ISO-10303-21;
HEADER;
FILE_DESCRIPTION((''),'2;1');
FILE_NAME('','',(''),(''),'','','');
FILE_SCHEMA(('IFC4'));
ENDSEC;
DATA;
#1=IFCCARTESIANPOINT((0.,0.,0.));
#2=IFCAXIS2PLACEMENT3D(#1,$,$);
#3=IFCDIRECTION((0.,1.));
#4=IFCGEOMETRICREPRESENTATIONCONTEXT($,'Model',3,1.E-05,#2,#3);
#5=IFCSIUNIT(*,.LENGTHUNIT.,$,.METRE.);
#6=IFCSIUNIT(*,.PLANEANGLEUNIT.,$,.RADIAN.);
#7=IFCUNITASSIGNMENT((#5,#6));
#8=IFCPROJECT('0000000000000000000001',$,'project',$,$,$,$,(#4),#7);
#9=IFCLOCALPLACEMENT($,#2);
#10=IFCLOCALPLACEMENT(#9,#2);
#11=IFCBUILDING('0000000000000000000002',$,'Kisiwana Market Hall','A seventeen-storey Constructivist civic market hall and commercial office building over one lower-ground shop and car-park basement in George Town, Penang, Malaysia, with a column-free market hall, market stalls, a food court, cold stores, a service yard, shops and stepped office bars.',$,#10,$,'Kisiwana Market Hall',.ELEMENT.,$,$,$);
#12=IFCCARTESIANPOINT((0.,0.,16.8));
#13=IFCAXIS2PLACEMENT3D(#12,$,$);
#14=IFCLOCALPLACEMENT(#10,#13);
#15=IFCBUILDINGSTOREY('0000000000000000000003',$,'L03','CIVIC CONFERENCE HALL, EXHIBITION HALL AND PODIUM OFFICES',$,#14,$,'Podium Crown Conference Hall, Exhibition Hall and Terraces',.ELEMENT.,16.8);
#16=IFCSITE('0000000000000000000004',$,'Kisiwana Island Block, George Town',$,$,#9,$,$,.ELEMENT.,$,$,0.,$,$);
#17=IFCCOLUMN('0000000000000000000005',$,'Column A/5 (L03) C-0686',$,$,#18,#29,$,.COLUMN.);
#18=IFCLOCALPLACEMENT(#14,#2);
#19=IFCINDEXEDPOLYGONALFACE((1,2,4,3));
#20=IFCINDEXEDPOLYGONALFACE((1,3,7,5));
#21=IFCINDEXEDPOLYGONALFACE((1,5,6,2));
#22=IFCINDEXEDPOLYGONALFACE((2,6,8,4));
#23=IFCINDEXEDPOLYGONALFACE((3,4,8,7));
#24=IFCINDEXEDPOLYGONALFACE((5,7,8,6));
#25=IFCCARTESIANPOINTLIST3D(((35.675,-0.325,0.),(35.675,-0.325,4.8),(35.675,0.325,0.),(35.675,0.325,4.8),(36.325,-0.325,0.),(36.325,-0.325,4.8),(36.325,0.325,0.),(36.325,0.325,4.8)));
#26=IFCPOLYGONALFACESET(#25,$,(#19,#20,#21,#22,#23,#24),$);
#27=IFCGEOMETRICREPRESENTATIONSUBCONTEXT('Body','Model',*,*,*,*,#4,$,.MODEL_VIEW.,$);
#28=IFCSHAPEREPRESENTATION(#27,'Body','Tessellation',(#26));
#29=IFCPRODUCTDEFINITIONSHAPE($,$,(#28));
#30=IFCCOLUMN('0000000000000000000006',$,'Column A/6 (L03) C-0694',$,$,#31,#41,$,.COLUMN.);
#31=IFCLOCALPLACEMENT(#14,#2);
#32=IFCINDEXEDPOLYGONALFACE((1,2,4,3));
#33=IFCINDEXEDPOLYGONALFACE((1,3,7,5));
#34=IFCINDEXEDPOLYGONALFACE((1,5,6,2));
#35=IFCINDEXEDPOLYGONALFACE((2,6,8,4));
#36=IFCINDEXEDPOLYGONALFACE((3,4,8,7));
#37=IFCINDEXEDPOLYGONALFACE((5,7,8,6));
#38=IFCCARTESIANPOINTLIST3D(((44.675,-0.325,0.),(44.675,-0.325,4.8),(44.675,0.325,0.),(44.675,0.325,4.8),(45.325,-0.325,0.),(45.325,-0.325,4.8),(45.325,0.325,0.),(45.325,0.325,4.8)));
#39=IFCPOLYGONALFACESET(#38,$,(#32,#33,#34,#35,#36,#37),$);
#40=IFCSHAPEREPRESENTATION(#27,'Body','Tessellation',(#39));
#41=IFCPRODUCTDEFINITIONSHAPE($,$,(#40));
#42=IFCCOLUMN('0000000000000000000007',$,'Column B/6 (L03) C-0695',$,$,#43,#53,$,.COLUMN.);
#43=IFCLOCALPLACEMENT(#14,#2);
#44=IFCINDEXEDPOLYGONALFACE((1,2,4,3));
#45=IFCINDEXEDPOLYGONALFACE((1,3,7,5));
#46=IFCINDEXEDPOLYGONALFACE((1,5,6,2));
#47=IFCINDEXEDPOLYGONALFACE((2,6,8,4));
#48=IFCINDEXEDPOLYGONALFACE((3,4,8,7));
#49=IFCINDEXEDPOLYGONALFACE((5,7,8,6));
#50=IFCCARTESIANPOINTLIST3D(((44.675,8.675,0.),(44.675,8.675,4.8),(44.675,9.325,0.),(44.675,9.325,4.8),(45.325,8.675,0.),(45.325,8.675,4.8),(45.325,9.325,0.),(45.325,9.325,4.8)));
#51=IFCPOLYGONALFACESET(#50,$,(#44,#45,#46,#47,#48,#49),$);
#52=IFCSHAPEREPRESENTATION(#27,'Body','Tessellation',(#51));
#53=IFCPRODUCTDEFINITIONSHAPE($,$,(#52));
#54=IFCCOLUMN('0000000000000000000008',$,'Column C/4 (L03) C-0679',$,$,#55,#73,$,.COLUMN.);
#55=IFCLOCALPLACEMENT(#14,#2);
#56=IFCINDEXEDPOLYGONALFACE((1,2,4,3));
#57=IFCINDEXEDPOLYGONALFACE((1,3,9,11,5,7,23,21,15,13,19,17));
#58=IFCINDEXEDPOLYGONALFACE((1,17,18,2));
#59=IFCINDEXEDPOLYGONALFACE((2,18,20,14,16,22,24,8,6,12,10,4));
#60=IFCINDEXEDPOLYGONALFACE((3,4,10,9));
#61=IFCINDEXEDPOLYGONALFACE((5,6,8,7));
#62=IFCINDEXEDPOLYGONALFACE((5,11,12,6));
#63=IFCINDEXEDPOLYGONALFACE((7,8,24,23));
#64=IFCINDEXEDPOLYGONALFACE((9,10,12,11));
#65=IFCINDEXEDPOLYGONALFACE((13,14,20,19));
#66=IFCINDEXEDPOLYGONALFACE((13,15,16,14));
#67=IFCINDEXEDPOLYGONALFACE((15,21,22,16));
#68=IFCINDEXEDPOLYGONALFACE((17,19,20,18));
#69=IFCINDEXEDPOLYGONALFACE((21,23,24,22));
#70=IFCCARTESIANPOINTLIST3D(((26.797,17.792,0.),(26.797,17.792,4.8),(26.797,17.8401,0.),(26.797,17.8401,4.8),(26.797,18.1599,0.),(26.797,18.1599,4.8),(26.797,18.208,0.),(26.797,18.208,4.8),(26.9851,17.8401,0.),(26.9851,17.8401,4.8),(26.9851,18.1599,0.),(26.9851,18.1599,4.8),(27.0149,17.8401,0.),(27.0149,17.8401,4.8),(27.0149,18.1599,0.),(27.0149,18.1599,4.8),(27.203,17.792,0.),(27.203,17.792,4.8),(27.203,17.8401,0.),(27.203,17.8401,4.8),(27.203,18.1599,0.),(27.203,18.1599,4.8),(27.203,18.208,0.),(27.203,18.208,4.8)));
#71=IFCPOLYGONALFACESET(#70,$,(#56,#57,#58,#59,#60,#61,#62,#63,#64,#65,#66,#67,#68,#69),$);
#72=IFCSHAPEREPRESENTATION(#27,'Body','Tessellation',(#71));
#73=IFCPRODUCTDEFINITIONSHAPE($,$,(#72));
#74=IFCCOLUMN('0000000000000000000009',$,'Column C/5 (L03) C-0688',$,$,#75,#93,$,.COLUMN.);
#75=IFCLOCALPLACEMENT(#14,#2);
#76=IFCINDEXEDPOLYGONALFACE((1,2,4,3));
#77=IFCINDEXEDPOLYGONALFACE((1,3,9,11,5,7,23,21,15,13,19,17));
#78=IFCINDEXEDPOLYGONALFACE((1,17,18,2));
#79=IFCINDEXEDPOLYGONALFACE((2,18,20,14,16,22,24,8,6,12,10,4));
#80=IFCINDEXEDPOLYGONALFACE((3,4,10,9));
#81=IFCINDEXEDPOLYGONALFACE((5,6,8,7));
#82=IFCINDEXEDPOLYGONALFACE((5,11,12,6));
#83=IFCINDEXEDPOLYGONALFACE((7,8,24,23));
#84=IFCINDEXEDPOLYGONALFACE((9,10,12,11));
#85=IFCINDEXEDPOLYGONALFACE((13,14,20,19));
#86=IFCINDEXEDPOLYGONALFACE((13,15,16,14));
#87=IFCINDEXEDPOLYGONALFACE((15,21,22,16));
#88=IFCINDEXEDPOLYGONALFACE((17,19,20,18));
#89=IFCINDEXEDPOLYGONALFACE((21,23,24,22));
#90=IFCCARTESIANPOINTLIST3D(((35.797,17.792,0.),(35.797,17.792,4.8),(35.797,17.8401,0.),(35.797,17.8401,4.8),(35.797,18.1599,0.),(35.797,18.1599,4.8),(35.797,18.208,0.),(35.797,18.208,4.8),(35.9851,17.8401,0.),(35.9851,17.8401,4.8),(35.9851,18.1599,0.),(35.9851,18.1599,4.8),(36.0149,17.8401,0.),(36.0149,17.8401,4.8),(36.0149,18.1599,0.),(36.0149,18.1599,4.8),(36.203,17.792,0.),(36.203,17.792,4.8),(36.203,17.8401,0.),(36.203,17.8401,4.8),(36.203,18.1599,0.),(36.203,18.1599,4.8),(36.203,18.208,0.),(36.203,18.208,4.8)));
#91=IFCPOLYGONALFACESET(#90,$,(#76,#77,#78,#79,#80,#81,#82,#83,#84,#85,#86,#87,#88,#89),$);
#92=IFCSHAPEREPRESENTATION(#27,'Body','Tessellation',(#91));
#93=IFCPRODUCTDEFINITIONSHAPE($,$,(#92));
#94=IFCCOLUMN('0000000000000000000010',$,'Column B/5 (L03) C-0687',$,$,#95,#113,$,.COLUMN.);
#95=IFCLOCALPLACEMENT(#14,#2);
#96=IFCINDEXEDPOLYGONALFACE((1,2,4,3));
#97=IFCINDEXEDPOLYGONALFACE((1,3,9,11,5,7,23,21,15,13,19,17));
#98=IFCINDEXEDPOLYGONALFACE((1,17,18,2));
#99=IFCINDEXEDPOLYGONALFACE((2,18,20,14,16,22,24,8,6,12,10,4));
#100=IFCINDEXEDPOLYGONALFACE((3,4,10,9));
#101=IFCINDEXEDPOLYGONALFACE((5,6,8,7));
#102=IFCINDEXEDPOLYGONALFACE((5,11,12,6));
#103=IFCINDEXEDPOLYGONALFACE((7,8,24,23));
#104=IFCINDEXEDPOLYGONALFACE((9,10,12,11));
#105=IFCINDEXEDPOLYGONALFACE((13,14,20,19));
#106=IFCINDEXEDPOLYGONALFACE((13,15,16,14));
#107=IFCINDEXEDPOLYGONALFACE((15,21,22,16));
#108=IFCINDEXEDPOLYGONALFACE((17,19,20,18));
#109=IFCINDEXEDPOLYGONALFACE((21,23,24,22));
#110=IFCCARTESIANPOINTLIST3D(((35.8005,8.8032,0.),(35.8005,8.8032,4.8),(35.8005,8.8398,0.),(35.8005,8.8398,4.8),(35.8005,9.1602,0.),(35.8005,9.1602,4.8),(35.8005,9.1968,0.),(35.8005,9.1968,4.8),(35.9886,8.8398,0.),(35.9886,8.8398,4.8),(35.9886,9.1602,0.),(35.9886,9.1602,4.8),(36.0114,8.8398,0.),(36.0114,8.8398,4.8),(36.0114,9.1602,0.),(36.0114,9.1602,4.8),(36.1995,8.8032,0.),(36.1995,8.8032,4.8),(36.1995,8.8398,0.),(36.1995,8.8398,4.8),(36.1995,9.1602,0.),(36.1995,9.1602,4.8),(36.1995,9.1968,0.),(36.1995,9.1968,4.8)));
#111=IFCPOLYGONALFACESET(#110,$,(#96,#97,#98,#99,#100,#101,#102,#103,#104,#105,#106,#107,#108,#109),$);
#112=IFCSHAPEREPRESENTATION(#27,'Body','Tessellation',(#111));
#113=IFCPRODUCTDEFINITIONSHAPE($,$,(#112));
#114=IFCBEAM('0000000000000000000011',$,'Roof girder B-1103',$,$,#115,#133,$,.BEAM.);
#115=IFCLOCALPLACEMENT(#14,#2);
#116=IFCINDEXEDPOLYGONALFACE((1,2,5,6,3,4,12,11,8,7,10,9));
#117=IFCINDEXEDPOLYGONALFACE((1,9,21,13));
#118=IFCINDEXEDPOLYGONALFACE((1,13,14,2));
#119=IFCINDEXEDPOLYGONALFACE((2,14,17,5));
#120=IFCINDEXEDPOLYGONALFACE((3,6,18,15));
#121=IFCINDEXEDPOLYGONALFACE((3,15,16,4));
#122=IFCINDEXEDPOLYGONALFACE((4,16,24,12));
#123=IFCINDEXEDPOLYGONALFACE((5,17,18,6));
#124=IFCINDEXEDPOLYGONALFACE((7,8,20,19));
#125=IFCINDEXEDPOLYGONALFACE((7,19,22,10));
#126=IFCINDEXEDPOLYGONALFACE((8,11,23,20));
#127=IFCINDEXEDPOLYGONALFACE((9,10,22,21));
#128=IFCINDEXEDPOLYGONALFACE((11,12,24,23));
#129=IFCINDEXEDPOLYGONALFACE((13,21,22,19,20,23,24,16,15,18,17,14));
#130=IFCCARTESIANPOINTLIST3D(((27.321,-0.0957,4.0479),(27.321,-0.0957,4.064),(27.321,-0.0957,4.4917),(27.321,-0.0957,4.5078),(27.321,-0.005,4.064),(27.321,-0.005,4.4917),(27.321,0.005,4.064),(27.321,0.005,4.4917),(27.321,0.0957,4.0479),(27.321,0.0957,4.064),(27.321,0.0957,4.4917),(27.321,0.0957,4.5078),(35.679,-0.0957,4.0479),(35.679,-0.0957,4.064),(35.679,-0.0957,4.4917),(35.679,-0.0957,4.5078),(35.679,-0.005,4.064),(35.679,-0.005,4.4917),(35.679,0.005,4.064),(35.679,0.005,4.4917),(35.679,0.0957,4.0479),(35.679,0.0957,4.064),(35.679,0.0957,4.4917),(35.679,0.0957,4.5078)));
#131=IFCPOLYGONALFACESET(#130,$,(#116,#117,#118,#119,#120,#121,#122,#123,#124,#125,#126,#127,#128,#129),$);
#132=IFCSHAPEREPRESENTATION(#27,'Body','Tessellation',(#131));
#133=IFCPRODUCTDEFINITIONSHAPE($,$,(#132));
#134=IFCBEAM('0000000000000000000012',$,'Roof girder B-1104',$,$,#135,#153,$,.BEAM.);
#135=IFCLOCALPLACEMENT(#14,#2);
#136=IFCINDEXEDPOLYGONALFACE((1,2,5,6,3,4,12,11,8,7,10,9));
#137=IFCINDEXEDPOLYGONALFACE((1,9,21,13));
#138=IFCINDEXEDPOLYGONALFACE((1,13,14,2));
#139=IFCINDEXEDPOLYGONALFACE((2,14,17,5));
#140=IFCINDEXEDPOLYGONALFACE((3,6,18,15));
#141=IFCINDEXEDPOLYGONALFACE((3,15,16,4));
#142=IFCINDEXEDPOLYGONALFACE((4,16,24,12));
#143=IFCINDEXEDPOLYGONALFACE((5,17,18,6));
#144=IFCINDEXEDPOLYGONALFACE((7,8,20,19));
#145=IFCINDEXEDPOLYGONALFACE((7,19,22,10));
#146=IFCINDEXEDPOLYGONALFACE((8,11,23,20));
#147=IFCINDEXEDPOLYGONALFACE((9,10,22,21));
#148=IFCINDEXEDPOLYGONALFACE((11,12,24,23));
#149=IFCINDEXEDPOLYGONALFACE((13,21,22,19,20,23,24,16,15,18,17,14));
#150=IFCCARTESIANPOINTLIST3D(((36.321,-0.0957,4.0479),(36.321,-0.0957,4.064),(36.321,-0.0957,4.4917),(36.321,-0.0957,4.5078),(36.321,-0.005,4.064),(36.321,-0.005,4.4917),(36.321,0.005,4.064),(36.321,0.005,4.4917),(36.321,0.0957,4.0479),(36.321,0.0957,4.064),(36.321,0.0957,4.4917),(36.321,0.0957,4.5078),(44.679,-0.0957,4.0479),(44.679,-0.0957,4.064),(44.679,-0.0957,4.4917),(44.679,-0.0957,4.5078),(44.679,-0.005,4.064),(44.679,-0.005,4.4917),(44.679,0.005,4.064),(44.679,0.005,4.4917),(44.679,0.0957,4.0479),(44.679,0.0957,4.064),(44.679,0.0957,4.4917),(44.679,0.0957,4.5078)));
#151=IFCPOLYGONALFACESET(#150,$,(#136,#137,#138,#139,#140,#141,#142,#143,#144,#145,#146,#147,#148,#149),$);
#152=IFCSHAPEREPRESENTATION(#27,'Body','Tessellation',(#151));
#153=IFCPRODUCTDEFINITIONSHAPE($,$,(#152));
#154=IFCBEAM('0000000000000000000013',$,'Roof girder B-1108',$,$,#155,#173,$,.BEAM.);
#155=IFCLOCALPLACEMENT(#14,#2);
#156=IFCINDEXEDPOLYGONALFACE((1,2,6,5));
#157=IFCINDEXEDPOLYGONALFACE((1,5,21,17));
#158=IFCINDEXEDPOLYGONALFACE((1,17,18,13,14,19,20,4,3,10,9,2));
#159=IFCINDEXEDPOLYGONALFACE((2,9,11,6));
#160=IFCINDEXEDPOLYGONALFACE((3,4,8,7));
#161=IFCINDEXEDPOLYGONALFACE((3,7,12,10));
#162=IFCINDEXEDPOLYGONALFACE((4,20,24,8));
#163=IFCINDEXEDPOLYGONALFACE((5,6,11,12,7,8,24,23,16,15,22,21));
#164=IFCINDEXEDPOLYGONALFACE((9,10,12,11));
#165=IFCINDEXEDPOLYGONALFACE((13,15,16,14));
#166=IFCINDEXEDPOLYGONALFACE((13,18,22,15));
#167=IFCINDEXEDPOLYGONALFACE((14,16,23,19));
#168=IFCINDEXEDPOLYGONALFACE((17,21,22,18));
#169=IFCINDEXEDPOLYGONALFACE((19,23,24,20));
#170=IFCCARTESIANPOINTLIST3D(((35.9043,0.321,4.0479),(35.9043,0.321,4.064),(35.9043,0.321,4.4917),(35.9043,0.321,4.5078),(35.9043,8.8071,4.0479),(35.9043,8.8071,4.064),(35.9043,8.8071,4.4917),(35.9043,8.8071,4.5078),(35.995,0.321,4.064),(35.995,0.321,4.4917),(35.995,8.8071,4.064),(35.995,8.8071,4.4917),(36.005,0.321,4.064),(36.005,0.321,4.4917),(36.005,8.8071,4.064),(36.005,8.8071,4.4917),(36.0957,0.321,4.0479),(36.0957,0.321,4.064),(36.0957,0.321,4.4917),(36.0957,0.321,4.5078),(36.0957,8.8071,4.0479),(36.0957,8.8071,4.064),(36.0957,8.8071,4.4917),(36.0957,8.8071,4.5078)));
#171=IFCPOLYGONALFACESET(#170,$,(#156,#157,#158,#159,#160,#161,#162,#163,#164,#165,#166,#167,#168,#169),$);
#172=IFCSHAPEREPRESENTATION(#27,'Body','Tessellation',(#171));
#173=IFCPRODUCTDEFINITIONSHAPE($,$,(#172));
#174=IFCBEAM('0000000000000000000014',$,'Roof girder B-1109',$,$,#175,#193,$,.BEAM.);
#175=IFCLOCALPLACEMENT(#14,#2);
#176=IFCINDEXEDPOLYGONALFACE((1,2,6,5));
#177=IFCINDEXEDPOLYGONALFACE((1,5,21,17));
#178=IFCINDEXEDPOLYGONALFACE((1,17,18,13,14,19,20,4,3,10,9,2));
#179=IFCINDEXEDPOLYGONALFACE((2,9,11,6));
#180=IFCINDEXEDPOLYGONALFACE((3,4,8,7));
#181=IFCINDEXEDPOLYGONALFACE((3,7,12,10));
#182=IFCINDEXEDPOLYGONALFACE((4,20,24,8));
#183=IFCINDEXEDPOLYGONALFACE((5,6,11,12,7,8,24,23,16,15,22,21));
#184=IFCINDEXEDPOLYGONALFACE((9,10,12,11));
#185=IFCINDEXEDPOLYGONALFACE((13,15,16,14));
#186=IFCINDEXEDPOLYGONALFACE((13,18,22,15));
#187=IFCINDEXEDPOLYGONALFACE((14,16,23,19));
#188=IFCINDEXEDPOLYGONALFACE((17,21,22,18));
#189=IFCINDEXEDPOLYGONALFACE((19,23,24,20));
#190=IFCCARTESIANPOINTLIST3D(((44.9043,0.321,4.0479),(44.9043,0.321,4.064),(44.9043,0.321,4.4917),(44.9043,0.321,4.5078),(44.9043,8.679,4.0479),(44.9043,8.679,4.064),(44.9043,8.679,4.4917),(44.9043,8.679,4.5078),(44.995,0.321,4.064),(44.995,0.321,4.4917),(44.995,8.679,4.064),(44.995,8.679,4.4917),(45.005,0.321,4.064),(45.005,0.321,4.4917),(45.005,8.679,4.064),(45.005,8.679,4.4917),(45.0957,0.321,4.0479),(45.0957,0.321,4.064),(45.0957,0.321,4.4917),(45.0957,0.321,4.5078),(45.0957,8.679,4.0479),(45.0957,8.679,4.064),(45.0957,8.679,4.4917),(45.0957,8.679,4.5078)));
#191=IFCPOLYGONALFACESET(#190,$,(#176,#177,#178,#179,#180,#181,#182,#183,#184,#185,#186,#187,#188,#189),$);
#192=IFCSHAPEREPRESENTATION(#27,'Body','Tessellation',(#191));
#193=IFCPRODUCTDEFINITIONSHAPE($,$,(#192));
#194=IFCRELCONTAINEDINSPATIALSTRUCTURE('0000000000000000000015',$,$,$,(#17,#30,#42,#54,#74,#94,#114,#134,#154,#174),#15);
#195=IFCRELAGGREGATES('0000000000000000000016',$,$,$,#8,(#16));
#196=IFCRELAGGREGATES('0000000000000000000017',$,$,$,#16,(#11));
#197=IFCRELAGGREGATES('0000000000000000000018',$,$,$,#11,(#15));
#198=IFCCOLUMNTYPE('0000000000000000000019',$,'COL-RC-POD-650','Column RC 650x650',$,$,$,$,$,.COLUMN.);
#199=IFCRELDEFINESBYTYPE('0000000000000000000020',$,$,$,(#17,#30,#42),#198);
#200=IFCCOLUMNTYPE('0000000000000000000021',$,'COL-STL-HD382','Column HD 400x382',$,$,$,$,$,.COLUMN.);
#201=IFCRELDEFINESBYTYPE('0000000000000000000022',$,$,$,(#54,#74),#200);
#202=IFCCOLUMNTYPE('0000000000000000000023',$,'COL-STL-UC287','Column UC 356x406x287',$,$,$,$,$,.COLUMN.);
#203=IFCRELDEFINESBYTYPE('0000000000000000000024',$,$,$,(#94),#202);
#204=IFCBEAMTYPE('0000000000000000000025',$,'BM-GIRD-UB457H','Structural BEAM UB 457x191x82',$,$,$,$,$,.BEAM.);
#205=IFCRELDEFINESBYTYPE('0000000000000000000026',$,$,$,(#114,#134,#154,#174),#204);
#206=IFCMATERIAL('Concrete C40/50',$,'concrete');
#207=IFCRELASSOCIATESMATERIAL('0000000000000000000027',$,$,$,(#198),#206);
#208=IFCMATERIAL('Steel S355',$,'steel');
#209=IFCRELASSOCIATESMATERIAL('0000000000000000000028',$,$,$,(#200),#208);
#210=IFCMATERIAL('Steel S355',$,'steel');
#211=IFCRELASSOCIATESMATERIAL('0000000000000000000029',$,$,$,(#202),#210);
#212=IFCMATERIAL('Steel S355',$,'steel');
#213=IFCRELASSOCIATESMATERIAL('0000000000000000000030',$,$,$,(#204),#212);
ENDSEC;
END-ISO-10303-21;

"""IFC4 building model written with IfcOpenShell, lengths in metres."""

from ifc_helpers import new_model, si_unit, direction, frame, origin, origin_2d, place, context, subcontext, project, spatial, rectangle, i_section, extrude, material, material_profile, profile_set, type_object, element, save


model = new_model("IFC4")

# Units and contexts
model_context = context("Model", 3, precision=1e-05, world=origin(), true_north=direction((0.0, 1.0)))
body_context = subcontext(model_context, "Body", "Model", "MODEL_VIEW")
ifc_project = project(units=[si_unit("LENGTHUNIT", "METRE"), si_unit("PLANEANGLEUNIT", "RADIAN")], contexts=[model_context])

# Site, building, storey
site_placement = place(None, origin())
site = spatial("IfcSite", under=ifc_project, at=site_placement, Name="Kisiwana Island Block, George Town", CompositionType="ELEMENT", RefElevation=0.0)
building_placement = place(site_placement, origin())
building = spatial("IfcBuilding", under=site, at=building_placement, Name="Kisiwana Market Hall", Description="A seventeen-storey Constructivist civic market hall and commercial office building over one lower-ground shop and car-park basement in George Town, Penang, Malaysia, with a column-free market hall, market stalls, a food court, cold stores, a service yard, shops and stepped office bars.", LongName="Kisiwana Market Hall", CompositionType="ELEMENT")
storey_placement = place(building_placement, frame((0.0, 0.0, 16.8)))
storey = spatial("IfcBuildingStorey", under=building, at=storey_placement, Name="L03", Description="CIVIC CONFERENCE HALL, EXHIBITION HALL AND PODIUM OFFICES", LongName="Podium Crown Conference Hall, Exhibition Hall and Terraces", CompositionType="ELEMENT", Elevation=16.8)

# Columns
ifc_material_1 = material(Name="Concrete C40/50", Category="concrete")
ifc_material_profile_1 = material_profile(ifc_material_1, rectangle(XDim=0.6499, YDim=0.6499, at=origin_2d()), Name="RC 650x650")
ifc_profile_set_1 = profile_set([ifc_material_profile_1], Name="Concrete C40/50")
column_type_1 = type_object("IfcColumnType", Name="COL-RC-POD-650", Description="Column RC 650x650", PredefinedType="COLUMN", material=ifc_profile_set_1)
for number, where, z_axis, x_axis, name in (
    (1, (36.0, 0.0, 0.0), (0.0, 0.0, 1.0), (1.0, 0.0, 0.0), "Column A/5 (L03) C-0686"),
    (2, (45.0, 0.0, 0.0), (0.0, 0.0, 1.0), (1.0, 0.0, 0.0), "Column A/6 (L03) C-0694"),
    (3, (45.0, 9.0, 0.0), (0.0, 0.0, 1.0), (1.0, 0.0, 0.0), "Column B/6 (L03) C-0695"),
):
    element("IfcColumn", number, at=place(storey_placement, frame(where, z_axis=z_axis, x_axis=x_axis)), inside=storey, type_object=column_type_1, Name=name, PredefinedType="COLUMN", context=body_context, shape_type="SweptSolid", body=[
        extrude(rectangle(XDim=0.6499, YDim=0.6499, at=origin_2d()), origin(), (0.0, 0.0, 1.0), 4.8),
    ])
ifc_material_2 = material(Name="Steel S355", Category="steel")
ifc_material_profile_2 = material_profile(ifc_material_2, i_section(OverallWidth=0.406, OverallDepth=0.416, WebThickness=0.0298, FlangeThickness=0.0481, at=origin_2d()), Name="HD 400x382")
ifc_profile_set_2 = profile_set([ifc_material_profile_2], Name="Steel S355")
column_type_2 = type_object("IfcColumnType", Name="COL-STL-HD382", Description="Column HD 400x382", PredefinedType="COLUMN", material=ifc_profile_set_2)
for number, where, z_axis, x_axis, name in (
    (4, (27.0, 18.0, 0.0), (0.0, 0.0, 1.0), (1.0, 0.0, 0.0), "Column C/4 (L03) C-0679"),
    (5, (36.0, 18.0, 0.0), (0.0, 0.0, 1.0), (1.0, 0.0, 0.0), "Column C/5 (L03) C-0688"),
):
    element("IfcColumn", number, at=place(storey_placement, frame(where, z_axis=z_axis, x_axis=x_axis)), inside=storey, type_object=column_type_2, Name=name, PredefinedType="COLUMN", context=body_context, shape_type="SweptSolid", body=[
        extrude(i_section(OverallWidth=0.406, OverallDepth=0.416, WebThickness=0.0298, FlangeThickness=0.0481, at=origin_2d()), origin(), (0.0, 0.0, 1.0), 4.8),
    ])
ifc_material_3 = material(Name="Steel S355", Category="steel")
ifc_material_profile_3 = material_profile(ifc_material_3, i_section(OverallWidth=0.3989, OverallDepth=0.3936, WebThickness=0.0227, FlangeThickness=0.0366, at=origin_2d()), Name="UC 356x406x287")
ifc_profile_set_3 = profile_set([ifc_material_profile_3], Name="Steel S355")
column_type_3 = type_object("IfcColumnType", Name="COL-STL-UC287", Description="Column UC 356x406x287", PredefinedType="COLUMN", material=ifc_profile_set_3)
column_placement = place(storey_placement, frame((36.0, 9.0, 0.0), z_axis=(0.0, 0.0, 1.0), x_axis=(1.0, 0.0, 0.0)))
element("IfcColumn", 6, at=column_placement, inside=storey, type_object=column_type_3, Name="Column B/5 (L03) C-0687", PredefinedType="COLUMN", context=body_context, shape_type="SweptSolid", body=[
    extrude(i_section(OverallWidth=0.3989, OverallDepth=0.3936, WebThickness=0.0227, FlangeThickness=0.0366, at=origin_2d()), origin(), (0.0, 0.0, 1.0), 4.8),
])

# Beams
ifc_material_4 = material(Name="Steel S355", Category="steel")
ifc_material_profile_4 = material_profile(ifc_material_4, i_section(OverallWidth=0.1914, OverallDepth=0.46, WebThickness=0.01, FlangeThickness=0.0161, at=origin_2d()), Name="UB 457x191x82")
ifc_profile_set_4 = profile_set([ifc_material_profile_4], Name="Steel S355")
beam_type_1 = type_object("IfcBeamType", Name="BM-GIRD-UB457H", Description="Structural BEAM UB 457x191x82", PredefinedType="BEAM", material=ifc_profile_set_4)
for number, where, z_axis, x_axis, name in (
    (7, (27.321, 0.0, 4.2778), (1.0, 0.0, 0.0), (0.0, 1.0, 0.0), "Roof girder B-1103"),
    (8, (36.321, 0.0, 4.2778), (1.0, 0.0, 0.0), (0.0, 1.0, 0.0), "Roof girder B-1104"),
):
    element("IfcBeam", number, at=place(storey_placement, frame(where, z_axis=z_axis, x_axis=x_axis)), inside=storey, type_object=beam_type_1, Name=name, PredefinedType="BEAM", context=body_context, shape_type="SweptSolid", body=[
        extrude(i_section(OverallWidth=0.1914, OverallDepth=0.46, WebThickness=0.01, FlangeThickness=0.0161, at=origin_2d()), origin(), (0.0, 0.0, 1.0), 8.3579),
    ])
beam_1_placement = place(storey_placement, frame((36.0, 0.321, 4.2778), z_axis=(0.0, 1.0, 0.0), x_axis=(-1.0, 0.0, 0.0)))
element("IfcBeam", 9, at=beam_1_placement, inside=storey, type_object=beam_type_1, Name="Roof girder B-1108", PredefinedType="BEAM", context=body_context, shape_type="SweptSolid", body=[
    extrude(i_section(OverallWidth=0.1914, OverallDepth=0.46, WebThickness=0.01, FlangeThickness=0.0161, at=origin_2d()), origin(), (0.0, 0.0, 1.0), 8.4861),
])
beam_2_placement = place(storey_placement, frame((45.0, 0.321, 4.2778), z_axis=(0.0, 1.0, 0.0), x_axis=(-1.0, 0.0, 0.0)))
element("IfcBeam", 10, at=beam_2_placement, inside=storey, type_object=beam_type_1, Name="Roof girder B-1109", PredefinedType="BEAM", context=body_context, shape_type="SweptSolid", body=[
    extrude(i_section(OverallWidth=0.1914, OverallDepth=0.46, WebThickness=0.01, FlangeThickness=0.0161, at=origin_2d()), origin(), (0.0, 0.0, 1.0), 8.3579),
])

save(model, "model.ifc")
